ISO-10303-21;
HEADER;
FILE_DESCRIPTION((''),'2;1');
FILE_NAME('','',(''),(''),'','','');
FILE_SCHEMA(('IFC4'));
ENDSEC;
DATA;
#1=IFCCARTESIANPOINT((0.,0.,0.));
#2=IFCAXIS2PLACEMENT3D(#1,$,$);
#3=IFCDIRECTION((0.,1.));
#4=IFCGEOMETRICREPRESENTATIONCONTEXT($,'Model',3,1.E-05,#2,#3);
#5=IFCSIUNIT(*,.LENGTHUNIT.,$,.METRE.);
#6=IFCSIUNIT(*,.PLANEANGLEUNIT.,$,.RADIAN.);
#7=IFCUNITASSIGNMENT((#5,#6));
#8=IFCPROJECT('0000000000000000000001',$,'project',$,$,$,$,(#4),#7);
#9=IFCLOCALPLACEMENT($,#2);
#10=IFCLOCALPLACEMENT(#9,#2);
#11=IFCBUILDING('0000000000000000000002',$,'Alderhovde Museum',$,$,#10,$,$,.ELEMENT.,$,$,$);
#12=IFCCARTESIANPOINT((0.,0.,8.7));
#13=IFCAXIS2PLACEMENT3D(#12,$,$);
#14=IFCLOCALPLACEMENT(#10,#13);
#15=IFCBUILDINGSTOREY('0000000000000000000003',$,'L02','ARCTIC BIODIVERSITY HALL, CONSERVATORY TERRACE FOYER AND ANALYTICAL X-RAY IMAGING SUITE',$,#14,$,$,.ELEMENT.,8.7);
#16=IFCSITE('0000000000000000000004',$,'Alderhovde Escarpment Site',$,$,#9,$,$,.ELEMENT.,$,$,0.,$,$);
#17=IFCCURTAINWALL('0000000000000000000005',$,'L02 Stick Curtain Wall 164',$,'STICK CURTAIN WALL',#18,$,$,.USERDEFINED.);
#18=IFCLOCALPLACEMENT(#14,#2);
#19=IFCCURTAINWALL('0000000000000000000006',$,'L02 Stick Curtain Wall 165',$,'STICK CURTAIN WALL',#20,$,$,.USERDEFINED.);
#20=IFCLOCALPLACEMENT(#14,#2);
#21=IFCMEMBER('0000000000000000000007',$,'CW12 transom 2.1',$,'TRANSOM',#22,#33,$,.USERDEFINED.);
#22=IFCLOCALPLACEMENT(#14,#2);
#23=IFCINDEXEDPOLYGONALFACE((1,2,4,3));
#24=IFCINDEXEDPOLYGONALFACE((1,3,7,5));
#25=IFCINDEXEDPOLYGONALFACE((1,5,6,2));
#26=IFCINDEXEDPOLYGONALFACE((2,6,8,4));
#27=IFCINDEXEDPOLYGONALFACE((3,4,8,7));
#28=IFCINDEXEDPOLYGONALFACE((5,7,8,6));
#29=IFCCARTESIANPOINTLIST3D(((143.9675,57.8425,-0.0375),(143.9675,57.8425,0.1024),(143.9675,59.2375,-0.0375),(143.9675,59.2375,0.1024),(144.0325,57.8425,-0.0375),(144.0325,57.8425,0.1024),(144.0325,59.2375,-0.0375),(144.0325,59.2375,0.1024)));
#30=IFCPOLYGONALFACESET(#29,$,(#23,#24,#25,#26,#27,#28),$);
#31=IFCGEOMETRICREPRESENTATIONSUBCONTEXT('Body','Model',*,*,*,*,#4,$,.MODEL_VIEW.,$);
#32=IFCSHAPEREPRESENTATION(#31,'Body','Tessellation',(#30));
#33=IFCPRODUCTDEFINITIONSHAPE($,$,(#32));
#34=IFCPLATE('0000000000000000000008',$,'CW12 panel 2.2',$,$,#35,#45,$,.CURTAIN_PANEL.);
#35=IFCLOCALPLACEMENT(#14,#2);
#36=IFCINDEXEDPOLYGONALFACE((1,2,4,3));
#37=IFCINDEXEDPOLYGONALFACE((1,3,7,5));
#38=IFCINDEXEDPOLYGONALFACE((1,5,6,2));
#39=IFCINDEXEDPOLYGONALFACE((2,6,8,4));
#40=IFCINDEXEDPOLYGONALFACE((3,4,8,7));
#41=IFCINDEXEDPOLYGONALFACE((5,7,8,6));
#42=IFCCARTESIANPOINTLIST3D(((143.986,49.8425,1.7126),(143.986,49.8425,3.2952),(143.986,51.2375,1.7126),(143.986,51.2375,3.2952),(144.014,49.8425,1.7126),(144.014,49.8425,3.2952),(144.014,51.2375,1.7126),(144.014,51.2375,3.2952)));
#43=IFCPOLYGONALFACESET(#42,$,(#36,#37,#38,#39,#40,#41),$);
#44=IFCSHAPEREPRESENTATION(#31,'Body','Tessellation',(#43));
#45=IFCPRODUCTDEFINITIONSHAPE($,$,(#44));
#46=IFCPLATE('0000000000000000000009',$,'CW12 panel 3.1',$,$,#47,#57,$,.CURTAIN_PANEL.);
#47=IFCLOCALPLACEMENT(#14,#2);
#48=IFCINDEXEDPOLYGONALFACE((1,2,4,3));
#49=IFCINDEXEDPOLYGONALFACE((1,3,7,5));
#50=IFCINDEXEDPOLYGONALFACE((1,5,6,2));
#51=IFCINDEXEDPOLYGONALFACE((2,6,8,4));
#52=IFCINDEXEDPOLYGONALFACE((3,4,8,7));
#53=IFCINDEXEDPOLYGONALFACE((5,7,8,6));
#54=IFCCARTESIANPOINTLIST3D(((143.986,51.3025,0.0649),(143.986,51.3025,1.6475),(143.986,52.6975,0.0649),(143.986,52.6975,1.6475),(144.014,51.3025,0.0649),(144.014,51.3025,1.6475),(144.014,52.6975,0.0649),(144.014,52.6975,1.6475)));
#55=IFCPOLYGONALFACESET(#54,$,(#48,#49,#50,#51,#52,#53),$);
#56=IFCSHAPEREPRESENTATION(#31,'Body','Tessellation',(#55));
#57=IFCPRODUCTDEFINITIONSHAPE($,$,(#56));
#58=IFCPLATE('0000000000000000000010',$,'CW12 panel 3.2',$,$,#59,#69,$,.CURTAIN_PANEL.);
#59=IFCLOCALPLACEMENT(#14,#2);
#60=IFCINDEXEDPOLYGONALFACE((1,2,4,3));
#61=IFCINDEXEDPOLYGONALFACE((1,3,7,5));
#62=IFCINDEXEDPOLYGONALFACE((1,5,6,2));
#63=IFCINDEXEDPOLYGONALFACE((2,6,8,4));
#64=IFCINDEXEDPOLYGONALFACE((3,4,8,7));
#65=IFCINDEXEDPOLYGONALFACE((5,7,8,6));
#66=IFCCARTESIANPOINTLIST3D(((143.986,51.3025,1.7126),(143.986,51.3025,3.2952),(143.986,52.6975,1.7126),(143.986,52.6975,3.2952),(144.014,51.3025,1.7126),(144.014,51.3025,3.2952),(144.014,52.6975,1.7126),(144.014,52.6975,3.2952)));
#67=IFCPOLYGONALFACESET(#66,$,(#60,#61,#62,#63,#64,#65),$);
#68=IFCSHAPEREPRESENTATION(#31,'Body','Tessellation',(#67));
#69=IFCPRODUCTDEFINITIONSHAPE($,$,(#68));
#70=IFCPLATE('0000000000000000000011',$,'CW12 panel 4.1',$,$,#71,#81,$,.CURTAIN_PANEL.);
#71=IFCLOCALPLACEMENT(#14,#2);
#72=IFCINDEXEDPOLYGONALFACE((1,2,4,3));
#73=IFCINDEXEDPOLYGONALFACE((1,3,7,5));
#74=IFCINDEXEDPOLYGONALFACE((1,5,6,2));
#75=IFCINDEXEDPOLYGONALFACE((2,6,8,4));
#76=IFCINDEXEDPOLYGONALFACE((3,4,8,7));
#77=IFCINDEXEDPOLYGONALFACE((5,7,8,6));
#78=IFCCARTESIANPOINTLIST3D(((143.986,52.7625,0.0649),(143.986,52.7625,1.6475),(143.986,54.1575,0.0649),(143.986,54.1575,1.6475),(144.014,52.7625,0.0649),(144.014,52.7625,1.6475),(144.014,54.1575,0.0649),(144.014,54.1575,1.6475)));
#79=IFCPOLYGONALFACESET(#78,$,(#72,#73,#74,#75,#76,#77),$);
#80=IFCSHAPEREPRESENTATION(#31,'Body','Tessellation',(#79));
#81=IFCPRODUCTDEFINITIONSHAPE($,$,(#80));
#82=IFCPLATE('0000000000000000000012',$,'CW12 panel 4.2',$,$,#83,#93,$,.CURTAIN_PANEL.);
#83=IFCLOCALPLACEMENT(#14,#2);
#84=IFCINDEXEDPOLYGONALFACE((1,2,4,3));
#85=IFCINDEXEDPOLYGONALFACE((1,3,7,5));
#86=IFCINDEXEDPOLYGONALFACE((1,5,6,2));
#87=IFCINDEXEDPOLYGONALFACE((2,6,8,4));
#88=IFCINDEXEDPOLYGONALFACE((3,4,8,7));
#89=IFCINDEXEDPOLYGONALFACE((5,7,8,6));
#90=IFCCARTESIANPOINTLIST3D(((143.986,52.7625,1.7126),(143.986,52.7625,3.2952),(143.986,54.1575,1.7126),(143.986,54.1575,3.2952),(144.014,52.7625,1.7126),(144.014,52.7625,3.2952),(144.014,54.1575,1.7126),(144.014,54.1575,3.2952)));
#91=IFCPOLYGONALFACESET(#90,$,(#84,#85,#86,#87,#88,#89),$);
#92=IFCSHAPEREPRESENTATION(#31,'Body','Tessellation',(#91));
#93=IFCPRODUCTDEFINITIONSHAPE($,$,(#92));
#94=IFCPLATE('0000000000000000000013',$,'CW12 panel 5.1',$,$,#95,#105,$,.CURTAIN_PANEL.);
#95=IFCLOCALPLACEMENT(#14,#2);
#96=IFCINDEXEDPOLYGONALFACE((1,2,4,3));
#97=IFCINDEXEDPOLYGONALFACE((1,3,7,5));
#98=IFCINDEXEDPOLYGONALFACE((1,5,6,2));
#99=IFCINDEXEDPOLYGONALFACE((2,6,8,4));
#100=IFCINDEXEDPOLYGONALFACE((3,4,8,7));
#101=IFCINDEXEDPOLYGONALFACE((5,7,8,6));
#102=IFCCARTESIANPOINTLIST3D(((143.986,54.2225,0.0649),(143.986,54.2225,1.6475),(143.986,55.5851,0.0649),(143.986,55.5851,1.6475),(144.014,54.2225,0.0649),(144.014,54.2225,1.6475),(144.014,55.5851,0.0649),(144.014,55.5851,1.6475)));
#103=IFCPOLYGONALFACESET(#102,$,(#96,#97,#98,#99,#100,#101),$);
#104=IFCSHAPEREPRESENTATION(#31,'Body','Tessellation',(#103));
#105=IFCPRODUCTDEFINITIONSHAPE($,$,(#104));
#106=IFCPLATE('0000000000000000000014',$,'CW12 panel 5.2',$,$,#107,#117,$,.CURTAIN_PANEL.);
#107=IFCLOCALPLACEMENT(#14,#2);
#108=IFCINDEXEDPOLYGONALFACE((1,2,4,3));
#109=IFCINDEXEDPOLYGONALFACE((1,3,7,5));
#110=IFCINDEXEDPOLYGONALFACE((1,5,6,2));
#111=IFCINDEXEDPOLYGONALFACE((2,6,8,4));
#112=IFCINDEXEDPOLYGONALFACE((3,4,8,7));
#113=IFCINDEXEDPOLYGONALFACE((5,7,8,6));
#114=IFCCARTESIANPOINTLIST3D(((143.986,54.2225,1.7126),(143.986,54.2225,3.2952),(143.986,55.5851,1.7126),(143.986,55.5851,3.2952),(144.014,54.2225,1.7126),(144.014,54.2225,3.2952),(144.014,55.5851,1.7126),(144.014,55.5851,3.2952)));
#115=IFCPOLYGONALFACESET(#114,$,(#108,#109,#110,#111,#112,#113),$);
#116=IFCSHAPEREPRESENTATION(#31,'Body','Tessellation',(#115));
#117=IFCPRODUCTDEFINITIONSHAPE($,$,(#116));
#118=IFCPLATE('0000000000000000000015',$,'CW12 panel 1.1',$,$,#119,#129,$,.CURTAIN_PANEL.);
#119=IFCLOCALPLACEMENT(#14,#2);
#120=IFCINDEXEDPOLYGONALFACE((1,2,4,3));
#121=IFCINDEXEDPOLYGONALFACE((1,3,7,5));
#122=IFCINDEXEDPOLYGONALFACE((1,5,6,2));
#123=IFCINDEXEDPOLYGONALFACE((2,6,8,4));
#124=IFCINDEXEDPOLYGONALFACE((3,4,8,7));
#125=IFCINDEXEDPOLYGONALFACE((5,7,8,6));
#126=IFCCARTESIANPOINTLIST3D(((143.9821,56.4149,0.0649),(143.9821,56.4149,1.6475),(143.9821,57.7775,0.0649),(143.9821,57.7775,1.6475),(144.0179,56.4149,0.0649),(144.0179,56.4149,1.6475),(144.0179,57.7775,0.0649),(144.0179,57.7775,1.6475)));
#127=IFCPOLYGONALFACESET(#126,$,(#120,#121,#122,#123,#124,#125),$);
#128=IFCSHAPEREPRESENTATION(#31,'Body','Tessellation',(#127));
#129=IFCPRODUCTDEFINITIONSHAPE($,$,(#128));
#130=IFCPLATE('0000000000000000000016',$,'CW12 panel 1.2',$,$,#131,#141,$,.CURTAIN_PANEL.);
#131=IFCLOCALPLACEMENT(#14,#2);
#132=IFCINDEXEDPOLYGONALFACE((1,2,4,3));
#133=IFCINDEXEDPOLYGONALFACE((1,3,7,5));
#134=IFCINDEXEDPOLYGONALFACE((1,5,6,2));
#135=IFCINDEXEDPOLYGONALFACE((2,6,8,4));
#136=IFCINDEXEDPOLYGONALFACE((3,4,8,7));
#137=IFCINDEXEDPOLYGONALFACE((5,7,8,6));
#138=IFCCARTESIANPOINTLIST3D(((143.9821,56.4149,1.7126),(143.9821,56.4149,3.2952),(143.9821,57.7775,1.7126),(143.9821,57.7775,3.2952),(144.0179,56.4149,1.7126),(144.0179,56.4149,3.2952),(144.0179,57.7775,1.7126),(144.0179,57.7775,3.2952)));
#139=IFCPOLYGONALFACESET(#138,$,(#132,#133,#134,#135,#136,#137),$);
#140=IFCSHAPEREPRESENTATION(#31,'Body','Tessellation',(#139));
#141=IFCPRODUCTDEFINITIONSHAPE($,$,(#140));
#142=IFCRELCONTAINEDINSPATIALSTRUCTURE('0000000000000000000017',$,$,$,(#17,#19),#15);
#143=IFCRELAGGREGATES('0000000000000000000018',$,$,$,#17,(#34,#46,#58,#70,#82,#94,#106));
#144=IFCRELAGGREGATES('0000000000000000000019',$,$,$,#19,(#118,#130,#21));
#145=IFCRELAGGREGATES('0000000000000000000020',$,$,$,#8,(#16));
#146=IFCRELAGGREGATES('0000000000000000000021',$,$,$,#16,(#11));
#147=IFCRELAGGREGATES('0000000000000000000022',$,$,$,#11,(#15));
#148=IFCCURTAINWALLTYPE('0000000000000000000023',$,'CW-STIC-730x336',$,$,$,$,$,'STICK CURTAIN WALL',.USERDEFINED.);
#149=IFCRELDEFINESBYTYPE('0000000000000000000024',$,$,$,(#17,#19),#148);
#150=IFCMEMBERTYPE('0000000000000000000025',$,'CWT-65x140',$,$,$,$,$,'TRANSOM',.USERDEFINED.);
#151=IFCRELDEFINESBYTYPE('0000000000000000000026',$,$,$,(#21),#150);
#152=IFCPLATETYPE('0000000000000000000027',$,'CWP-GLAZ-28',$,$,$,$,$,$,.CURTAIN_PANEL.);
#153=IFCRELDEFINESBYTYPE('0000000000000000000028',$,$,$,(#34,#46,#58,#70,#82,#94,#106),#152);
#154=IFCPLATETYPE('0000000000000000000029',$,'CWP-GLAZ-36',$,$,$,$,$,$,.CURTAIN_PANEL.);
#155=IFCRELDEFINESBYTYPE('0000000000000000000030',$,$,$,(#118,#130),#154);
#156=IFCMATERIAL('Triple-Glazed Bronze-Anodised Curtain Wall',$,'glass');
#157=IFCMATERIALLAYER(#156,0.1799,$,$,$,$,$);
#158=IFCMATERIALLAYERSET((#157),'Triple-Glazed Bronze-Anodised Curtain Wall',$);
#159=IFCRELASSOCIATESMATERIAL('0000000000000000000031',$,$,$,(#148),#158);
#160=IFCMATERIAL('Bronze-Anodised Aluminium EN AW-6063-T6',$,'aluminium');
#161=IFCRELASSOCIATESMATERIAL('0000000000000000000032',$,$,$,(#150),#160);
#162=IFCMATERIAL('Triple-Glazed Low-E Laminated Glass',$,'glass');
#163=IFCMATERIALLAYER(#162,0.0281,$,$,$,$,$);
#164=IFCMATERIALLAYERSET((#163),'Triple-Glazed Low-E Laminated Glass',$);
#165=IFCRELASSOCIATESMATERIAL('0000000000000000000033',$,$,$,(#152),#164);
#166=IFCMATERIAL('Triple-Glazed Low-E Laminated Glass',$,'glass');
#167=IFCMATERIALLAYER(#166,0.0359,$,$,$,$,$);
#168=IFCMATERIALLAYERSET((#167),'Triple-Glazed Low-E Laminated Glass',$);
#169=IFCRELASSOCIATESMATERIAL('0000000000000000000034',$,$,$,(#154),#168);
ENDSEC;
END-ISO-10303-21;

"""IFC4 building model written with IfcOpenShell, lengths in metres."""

from ifc_helpers import new_model, si_unit, direction, frame, origin, origin_2d, place, context, subcontext, project, spatial, rectangle, extrude, material, layer, layer_set, material_profile, profile_set, type_object, element, aggregate, save


model = new_model("IFC4")

# Units and contexts
model_context = context("Model", 3, precision=1e-05, world=origin(), true_north=direction((0.0, 1.0)))
body_context = subcontext(model_context, "Body", "Model", "MODEL_VIEW")
ifc_project = project(units=[si_unit("LENGTHUNIT", "METRE"), si_unit("PLANEANGLEUNIT", "RADIAN")], contexts=[model_context])

# Site, building, storey
site_placement = place(None, origin())
site = spatial("IfcSite", under=ifc_project, at=site_placement, Name="Alderhovde Escarpment Site", CompositionType="ELEMENT", RefElevation=0.0)
building_placement = place(site_placement, origin())
building = spatial("IfcBuilding", under=site, at=building_placement, Name="Alderhovde Museum", CompositionType="ELEMENT")
storey_placement = place(building_placement, frame((0.0, 0.0, 8.7)))
storey = spatial("IfcBuildingStorey", under=building, at=storey_placement, Name="L02", Description="ARCTIC BIODIVERSITY HALL, CONSERVATORY TERRACE FOYER AND ANALYTICAL X-RAY IMAGING SUITE", CompositionType="ELEMENT", Elevation=8.7)

# Curtain walls
ifc_material_1 = material(Name="Triple-Glazed Bronze-Anodised Curtain Wall", Category="glass")
ifc_layer_1 = layer(ifc_material_1, 0.1799)
ifc_layer_set_1 = layer_set([ifc_layer_1], Name="Triple-Glazed Bronze-Anodised Curtain Wall")
curtain_wall_type = type_object("IfcCurtainWallType", Name="CW-STIC-730x336", ElementType="STICK CURTAIN WALL", PredefinedType="USERDEFINED", material=ifc_layer_set_1)
curtain_wall_1_placement = place(storey_placement, origin())
curtain_wall_1 = element("IfcCurtainWall", 1, at=curtain_wall_1_placement, inside=storey, type_object=curtain_wall_type, Name="L02 Stick Curtain Wall 164", ObjectType="STICK CURTAIN WALL", PredefinedType="USERDEFINED")
curtain_wall_2_placement = place(storey_placement, origin())
curtain_wall_2 = element("IfcCurtainWall", 2, at=curtain_wall_2_placement, inside=storey, type_object=curtain_wall_type, Name="L02 Stick Curtain Wall 165", ObjectType="STICK CURTAIN WALL", PredefinedType="USERDEFINED")

# Member
ifc_material_2 = material(Name="Bronze-Anodised Aluminium EN AW-6063-T6", Category="aluminium")
ifc_material_profile_1 = material_profile(ifc_material_2, rectangle(XDim=0.0649, YDim=0.1399, at=origin_2d()), Name="TRANSOM 65x140")
ifc_profile_set_1 = profile_set([ifc_material_profile_1], Name="Bronze-Anodised Aluminium EN AW-6063-T6")
member_type_1 = type_object("IfcMemberType", Name="CWT-65x140", ElementType="TRANSOM", PredefinedType="USERDEFINED", material=ifc_profile_set_1)
member_1_placement = place(storey_placement, frame((144.0, 57.8425, 0.0325), z_axis=(0.0, 1.0, 0.0), x_axis=(-1.0, 0.0, 0.0)))
member_1 = element("IfcMember", 3, at=member_1_placement, type_object=member_type_1, Name="CW12 transom 2.1", ObjectType="TRANSOM", PredefinedType="USERDEFINED", context=body_context, shape_type="SweptSolid", body=[
    extrude(rectangle(XDim=0.0649, YDim=0.1399, at=origin_2d()), origin(), (0.0, 0.0, 1.0), 1.395),
])

# Plates
ifc_material_3 = material(Name="Triple-Glazed Low-E Laminated Glass", Category="glass")
ifc_layer_2 = layer(ifc_material_3, 0.0281)
ifc_layer_set_2 = layer_set([ifc_layer_2], Name="Triple-Glazed Low-E Laminated Glass")
plate_type_1 = type_object("IfcPlateType", Name="CWP-GLAZ-28", PredefinedType="CURTAIN_PANEL", material=ifc_layer_set_2)
plate_1_placement = place(storey_placement, frame((144.0, 50.54, 1.7126), z_axis=(0.0, 0.0, 1.0), x_axis=(0.0, 1.0, 0.0)))
plate_1 = element("IfcPlate", 4, at=plate_1_placement, type_object=plate_type_1, Name="CW12 panel 2.2", PredefinedType="CURTAIN_PANEL", context=body_context, shape_type="SweptSolid", body=[
    extrude(rectangle(XDim=1.395, YDim=0.0281, at=origin_2d()), origin(), (0.0, 0.0, 1.0), 1.5825),
])
plate_2_placement = place(storey_placement, frame((144.0, 52.0, 0.0649), z_axis=(0.0, 0.0, 1.0), x_axis=(0.0, 1.0, 0.0)))
plate_2 = element("IfcPlate", 5, at=plate_2_placement, type_object=plate_type_1, Name="CW12 panel 3.1", PredefinedType="CURTAIN_PANEL", context=body_context, shape_type="SweptSolid", body=[
    extrude(rectangle(XDim=1.395, YDim=0.0281, at=origin_2d()), origin(), (0.0, 0.0, 1.0), 1.5825),
])
plate_3_placement = place(storey_placement, frame((144.0, 52.0, 1.7126), z_axis=(0.0, 0.0, 1.0), x_axis=(0.0, 1.0, 0.0)))
plate_3 = element("IfcPlate", 6, at=plate_3_placement, type_object=plate_type_1, Name="CW12 panel 3.2", PredefinedType="CURTAIN_PANEL", context=body_context, shape_type="SweptSolid", body=[
    extrude(rectangle(XDim=1.395, YDim=0.0281, at=origin_2d()), origin(), (0.0, 0.0, 1.0), 1.5825),
])
plate_4_placement = place(storey_placement, frame((144.0, 53.46, 0.0649), z_axis=(0.0, 0.0, 1.0), x_axis=(0.0, 1.0, 0.0)))
plate_4 = element("IfcPlate", 7, at=plate_4_placement, type_object=plate_type_1, Name="CW12 panel 4.1", PredefinedType="CURTAIN_PANEL", context=body_context, shape_type="SweptSolid", body=[
    extrude(rectangle(XDim=1.395, YDim=0.0281, at=origin_2d()), origin(), (0.0, 0.0, 1.0), 1.5825),
])
plate_5_placement = place(storey_placement, frame((144.0, 53.46, 1.7126), z_axis=(0.0, 0.0, 1.0), x_axis=(0.0, 1.0, 0.0)))
plate_5 = element("IfcPlate", 8, at=plate_5_placement, type_object=plate_type_1, Name="CW12 panel 4.2", PredefinedType="CURTAIN_PANEL", context=body_context, shape_type="SweptSolid", body=[
    extrude(rectangle(XDim=1.395, YDim=0.0281, at=origin_2d()), origin(), (0.0, 0.0, 1.0), 1.5825),
])
plate_6_placement = place(storey_placement, frame((144.0, 54.9038, 0.0649), z_axis=(0.0, 0.0, 1.0), x_axis=(0.0, 1.0, 0.0)))
plate_6 = element("IfcPlate", 9, at=plate_6_placement, type_object=plate_type_1, Name="CW12 panel 5.1", PredefinedType="CURTAIN_PANEL", context=body_context, shape_type="SweptSolid", body=[
    extrude(rectangle(XDim=1.3625, YDim=0.0281, at=origin_2d()), origin(), (0.0, 0.0, 1.0), 1.5825),
])
plate_7_placement = place(storey_placement, frame((144.0, 54.9038, 1.7126), z_axis=(0.0, 0.0, 1.0), x_axis=(0.0, 1.0, 0.0)))
plate_7 = element("IfcPlate", 10, at=plate_7_placement, type_object=plate_type_1, Name="CW12 panel 5.2", PredefinedType="CURTAIN_PANEL", context=body_context, shape_type="SweptSolid", body=[
    extrude(rectangle(XDim=1.3625, YDim=0.0281, at=origin_2d()), origin(), (0.0, 0.0, 1.0), 1.5825),
])
aggregate(curtain_wall_1, [plate_1, plate_2, plate_3, plate_4, plate_5, plate_6, plate_7])
ifc_material_4 = material(Name="Triple-Glazed Low-E Laminated Glass", Category="glass")
ifc_layer_3 = layer(ifc_material_4, 0.0359)
ifc_layer_set_3 = layer_set([ifc_layer_3], Name="Triple-Glazed Low-E Laminated Glass")
plate_type_2 = type_object("IfcPlateType", Name="CWP-GLAZ-36", PredefinedType="CURTAIN_PANEL", material=ifc_layer_set_3)
plate_8_placement = place(storey_placement, frame((144.0, 57.0962, 0.0649), z_axis=(0.0, 0.0, 1.0), x_axis=(0.0, 1.0, 0.0)))
plate_8 = element("IfcPlate", 11, at=plate_8_placement, type_object=plate_type_2, Name="CW12 panel 1.1", PredefinedType="CURTAIN_PANEL", context=body_context, shape_type="SweptSolid", body=[
    extrude(rectangle(XDim=1.3625, YDim=0.0359, at=origin_2d()), origin(), (0.0, 0.0, 1.0), 1.5825),
])
plate_9_placement = place(storey_placement, frame((144.0, 57.0962, 1.7126), z_axis=(0.0, 0.0, 1.0), x_axis=(0.0, 1.0, 0.0)))
plate_9 = element("IfcPlate", 12, at=plate_9_placement, type_object=plate_type_2, Name="CW12 panel 1.2", PredefinedType="CURTAIN_PANEL", context=body_context, shape_type="SweptSolid", body=[
    extrude(rectangle(XDim=1.3625, YDim=0.0359, at=origin_2d()), origin(), (0.0, 0.0, 1.0), 1.5825),
])
aggregate(curtain_wall_2, [plate_8, plate_9, member_1])

save(model, "model.ifc")
